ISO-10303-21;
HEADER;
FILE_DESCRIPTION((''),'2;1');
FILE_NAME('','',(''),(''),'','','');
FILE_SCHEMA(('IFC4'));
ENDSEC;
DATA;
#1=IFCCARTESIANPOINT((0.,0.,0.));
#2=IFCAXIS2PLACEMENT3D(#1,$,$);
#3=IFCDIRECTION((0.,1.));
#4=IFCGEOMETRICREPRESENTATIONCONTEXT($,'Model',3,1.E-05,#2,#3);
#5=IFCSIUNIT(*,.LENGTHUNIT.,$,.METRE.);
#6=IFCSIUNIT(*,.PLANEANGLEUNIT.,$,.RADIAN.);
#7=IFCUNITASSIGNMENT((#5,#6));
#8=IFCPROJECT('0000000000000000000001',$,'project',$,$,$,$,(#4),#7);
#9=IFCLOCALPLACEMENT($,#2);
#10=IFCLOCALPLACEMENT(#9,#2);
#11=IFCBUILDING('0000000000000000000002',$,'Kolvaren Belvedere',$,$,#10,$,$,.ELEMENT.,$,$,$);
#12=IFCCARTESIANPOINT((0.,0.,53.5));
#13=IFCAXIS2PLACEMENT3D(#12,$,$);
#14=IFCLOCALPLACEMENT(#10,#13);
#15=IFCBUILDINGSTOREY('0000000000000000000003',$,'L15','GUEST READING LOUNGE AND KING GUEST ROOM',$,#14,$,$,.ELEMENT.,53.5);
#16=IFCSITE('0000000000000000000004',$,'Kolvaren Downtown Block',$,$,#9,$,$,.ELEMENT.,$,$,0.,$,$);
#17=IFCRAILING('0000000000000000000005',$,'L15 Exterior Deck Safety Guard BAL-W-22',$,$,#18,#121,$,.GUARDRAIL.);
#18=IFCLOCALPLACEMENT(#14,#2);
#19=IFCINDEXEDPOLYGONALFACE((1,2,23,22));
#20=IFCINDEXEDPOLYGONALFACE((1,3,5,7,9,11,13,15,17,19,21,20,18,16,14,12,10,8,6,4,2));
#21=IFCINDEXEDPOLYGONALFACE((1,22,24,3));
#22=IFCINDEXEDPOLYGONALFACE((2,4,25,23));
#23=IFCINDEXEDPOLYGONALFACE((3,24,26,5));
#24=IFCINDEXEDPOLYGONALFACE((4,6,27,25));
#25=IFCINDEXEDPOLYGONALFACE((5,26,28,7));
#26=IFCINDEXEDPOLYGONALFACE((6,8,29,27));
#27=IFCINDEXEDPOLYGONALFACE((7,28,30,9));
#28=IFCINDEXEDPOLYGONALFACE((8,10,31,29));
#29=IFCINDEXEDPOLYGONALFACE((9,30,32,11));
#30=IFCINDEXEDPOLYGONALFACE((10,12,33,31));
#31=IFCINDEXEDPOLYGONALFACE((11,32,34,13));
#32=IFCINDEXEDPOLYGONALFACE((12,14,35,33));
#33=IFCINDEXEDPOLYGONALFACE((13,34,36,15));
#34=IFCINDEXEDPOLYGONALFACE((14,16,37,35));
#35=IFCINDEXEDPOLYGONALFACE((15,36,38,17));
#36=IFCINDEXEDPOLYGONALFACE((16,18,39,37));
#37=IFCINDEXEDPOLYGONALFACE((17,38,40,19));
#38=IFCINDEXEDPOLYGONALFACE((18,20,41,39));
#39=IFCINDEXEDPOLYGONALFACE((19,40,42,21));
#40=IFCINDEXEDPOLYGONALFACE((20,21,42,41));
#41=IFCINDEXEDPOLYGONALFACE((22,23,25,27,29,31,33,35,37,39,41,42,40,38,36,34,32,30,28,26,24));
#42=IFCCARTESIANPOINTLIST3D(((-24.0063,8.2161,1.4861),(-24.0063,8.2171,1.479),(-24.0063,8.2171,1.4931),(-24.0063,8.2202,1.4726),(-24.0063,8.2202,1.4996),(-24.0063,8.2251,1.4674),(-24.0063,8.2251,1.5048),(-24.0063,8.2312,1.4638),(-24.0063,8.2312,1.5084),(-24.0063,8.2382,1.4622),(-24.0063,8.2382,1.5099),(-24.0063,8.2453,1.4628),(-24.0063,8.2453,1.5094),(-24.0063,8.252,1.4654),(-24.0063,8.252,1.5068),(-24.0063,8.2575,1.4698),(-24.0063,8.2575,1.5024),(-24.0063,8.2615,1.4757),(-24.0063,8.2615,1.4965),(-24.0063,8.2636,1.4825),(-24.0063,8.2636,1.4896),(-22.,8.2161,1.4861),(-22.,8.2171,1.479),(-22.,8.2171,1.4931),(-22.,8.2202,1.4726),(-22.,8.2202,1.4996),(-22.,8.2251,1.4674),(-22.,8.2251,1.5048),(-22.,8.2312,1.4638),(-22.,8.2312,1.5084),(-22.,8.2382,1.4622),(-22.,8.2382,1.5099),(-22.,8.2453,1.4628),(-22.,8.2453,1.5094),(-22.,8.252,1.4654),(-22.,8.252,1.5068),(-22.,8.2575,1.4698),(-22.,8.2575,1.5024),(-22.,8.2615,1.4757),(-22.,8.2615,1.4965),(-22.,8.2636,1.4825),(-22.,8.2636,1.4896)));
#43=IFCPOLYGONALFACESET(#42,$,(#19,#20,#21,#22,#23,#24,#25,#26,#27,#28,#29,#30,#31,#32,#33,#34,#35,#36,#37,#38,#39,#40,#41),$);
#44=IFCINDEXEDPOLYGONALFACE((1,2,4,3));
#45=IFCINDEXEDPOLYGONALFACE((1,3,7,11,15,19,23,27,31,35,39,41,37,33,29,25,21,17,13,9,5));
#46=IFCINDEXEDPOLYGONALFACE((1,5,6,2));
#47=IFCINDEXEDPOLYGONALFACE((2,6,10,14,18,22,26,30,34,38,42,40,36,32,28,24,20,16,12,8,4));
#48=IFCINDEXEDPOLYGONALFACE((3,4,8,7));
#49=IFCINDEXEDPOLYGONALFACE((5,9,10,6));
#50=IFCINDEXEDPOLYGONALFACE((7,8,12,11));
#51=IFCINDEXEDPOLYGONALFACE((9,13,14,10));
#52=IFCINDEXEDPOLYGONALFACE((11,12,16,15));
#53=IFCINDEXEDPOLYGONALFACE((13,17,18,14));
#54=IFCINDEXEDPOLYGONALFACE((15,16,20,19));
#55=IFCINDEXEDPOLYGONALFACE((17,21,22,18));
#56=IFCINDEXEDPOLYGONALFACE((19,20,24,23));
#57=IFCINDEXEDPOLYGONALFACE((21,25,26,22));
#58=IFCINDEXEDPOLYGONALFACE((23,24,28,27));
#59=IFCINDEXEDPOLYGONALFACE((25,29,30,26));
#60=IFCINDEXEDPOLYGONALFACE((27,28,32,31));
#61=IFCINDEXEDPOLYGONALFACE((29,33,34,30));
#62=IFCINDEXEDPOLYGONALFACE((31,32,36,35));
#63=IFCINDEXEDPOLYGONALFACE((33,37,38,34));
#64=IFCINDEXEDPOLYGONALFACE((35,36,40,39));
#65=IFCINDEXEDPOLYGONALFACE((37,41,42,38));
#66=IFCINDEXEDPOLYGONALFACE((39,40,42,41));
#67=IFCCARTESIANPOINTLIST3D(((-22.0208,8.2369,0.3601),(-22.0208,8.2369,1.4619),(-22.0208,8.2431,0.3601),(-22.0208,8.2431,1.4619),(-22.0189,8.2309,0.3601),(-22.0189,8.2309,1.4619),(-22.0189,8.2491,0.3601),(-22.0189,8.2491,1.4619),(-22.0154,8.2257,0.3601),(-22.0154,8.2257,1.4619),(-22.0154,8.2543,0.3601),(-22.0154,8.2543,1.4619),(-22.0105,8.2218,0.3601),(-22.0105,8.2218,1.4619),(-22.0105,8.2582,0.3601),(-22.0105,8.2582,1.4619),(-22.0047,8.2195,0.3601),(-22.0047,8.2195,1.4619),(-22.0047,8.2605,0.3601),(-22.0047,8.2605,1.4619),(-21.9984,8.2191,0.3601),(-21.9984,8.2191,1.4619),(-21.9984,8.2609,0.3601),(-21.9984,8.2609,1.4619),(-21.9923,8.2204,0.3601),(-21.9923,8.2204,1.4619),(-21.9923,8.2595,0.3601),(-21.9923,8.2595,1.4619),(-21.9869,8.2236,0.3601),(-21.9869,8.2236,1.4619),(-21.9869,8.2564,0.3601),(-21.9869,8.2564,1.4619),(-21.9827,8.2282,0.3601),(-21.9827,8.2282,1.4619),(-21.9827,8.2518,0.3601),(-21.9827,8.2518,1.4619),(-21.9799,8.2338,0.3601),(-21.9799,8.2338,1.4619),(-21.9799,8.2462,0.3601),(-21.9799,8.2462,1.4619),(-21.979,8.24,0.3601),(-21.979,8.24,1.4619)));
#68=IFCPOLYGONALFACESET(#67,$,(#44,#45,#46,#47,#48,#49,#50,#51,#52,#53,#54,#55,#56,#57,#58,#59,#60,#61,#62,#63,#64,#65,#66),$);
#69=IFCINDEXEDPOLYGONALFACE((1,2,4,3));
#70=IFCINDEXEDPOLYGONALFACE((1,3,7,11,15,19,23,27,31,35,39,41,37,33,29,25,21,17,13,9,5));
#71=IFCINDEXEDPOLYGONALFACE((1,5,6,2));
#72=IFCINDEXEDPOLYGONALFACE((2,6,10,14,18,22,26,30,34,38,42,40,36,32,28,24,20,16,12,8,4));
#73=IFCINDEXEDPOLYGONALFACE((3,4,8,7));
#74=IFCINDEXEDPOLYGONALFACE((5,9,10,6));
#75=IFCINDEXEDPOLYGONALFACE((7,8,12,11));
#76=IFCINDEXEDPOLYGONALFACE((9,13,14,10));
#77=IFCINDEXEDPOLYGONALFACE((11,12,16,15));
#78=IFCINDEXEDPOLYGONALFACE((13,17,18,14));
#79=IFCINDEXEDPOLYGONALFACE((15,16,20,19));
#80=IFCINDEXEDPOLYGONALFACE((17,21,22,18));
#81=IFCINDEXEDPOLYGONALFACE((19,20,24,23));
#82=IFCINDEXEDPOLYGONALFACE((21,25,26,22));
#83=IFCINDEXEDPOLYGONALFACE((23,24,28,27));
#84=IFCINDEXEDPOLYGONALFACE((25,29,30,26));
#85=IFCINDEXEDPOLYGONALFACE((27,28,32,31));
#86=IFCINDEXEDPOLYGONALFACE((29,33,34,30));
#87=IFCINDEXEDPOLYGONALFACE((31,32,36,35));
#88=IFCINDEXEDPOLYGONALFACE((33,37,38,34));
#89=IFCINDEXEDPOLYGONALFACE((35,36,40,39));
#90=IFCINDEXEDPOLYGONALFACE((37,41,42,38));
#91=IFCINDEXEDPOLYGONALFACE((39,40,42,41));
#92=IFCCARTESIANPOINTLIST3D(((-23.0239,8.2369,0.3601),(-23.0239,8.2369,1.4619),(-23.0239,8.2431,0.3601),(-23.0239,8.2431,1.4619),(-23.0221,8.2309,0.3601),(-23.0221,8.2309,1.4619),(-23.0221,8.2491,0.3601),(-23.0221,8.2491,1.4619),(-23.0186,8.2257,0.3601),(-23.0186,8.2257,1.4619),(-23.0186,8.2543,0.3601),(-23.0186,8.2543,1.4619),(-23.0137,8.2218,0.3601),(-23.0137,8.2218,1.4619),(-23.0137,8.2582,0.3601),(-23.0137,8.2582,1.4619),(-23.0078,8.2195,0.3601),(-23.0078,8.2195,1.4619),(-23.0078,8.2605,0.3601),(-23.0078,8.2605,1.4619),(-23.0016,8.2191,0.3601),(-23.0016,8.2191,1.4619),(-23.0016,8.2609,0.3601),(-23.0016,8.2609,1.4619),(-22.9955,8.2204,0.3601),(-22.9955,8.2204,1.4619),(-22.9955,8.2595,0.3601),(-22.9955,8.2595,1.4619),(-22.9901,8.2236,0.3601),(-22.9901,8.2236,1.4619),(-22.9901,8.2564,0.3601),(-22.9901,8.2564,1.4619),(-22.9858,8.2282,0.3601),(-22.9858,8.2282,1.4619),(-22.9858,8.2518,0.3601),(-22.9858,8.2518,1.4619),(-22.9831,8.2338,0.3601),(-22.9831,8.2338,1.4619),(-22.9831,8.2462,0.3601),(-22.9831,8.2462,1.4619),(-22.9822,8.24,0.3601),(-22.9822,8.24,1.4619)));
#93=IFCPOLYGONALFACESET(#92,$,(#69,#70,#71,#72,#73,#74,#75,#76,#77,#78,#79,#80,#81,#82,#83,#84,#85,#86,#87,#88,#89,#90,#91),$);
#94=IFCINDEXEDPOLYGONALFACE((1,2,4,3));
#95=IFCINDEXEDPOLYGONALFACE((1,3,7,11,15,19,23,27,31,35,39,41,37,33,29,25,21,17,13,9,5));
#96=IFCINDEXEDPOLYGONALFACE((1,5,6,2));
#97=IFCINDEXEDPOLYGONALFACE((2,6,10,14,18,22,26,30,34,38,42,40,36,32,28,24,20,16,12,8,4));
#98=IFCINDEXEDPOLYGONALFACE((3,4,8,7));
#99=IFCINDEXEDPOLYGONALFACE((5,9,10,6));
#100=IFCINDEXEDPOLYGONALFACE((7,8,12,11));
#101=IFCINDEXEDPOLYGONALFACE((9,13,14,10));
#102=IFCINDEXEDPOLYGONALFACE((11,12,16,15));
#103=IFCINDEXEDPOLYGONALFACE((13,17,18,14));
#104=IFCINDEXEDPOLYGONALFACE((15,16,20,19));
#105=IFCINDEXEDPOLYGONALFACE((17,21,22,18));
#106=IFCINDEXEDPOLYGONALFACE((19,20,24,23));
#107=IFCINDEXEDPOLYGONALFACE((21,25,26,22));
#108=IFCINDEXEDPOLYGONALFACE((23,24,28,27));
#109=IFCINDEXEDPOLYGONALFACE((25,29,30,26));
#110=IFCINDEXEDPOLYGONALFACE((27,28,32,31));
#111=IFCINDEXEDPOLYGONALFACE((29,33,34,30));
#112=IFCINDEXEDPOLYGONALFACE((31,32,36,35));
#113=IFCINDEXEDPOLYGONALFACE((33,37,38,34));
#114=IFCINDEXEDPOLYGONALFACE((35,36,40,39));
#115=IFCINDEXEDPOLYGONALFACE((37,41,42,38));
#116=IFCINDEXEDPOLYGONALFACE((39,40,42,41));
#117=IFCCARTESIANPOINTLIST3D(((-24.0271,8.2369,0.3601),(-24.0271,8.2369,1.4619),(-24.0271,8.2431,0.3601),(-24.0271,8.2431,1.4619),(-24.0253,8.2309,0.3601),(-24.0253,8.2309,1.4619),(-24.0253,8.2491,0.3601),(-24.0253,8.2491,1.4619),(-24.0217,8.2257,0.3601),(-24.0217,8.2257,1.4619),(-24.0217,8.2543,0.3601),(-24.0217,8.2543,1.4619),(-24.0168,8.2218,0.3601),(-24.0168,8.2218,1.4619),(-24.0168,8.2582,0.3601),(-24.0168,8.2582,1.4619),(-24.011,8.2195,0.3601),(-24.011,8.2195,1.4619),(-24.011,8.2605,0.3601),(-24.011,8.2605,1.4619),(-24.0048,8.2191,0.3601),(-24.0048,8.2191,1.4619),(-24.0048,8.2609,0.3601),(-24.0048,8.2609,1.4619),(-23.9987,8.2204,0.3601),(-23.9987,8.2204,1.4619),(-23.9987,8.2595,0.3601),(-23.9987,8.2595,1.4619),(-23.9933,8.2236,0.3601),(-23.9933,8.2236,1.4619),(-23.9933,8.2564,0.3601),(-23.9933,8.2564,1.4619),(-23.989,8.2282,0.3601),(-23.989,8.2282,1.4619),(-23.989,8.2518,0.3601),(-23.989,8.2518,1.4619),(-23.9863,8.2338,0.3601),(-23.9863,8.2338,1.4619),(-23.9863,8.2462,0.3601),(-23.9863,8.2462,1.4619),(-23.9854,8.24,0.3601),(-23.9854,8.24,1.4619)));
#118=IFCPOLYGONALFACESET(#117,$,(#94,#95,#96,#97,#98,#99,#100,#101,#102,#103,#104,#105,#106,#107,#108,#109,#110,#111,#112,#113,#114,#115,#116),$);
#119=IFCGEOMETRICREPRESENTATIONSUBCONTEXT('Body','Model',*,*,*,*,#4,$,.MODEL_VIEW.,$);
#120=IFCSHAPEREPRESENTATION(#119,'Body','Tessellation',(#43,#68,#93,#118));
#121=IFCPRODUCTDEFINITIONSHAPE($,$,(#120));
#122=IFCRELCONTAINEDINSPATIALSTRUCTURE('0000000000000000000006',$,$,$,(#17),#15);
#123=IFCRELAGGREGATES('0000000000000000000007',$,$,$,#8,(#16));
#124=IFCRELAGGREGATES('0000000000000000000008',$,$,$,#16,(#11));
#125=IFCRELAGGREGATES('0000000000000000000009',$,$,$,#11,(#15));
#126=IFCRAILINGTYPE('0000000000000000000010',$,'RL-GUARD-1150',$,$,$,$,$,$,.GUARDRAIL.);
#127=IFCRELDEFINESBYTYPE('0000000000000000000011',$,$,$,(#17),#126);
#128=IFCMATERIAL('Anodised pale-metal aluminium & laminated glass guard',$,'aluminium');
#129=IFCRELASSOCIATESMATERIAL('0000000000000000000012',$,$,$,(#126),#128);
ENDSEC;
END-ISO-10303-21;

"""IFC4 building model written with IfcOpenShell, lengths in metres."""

from ifc_helpers import new_model, si_unit, direction, frame, origin, origin_2d, place, context, subcontext, project, spatial, circle, extrude, material, type_object, element, save


model = new_model("IFC4")

# Units and contexts
model_context = context("Model", 3, precision=1e-05, world=origin(), true_north=direction((0.0, 1.0)))
body_context = subcontext(model_context, "Body", "Model", "MODEL_VIEW")
ifc_project = project(units=[si_unit("LENGTHUNIT", "METRE"), si_unit("PLANEANGLEUNIT", "RADIAN")], contexts=[model_context])

# Site, building, storey
site_placement = place(None, origin())
site = spatial("IfcSite", under=ifc_project, at=site_placement, Name="Kolvaren Downtown Block", CompositionType="ELEMENT", RefElevation=0.0)
building_placement = place(site_placement, origin())
building = spatial("IfcBuilding", under=site, at=building_placement, Name="Kolvaren Belvedere", CompositionType="ELEMENT")
storey_placement = place(building_placement, frame((0.0, 0.0, 53.5)))
storey = spatial("IfcBuildingStorey", under=building, at=storey_placement, Name="L15", Description="GUEST READING LOUNGE AND KING GUEST ROOM", CompositionType="ELEMENT", Elevation=53.5)

# Railing
ifc_material_1 = material(Name="Anodised pale-metal aluminium & laminated glass guard", Category="aluminium")
railing_type = type_object("IfcRailingType", Name="RL-GUARD-1150", PredefinedType="GUARDRAIL", material=ifc_material_1)
railing_1_placement = place(storey_placement, frame((-22.0, 8.24, 0.3601)))
element("IfcRailing", 1, at=railing_1_placement, inside=storey, type_object=railing_type, Name="L15 Exterior Deck Safety Guard BAL-W-22", PredefinedType="GUARDRAIL", context=body_context, shape_type="SweptSolid", body=[
    extrude(circle(Radius=0.0239, at=origin_2d()), frame((0.0, 0.0, 1.126), z_axis=(-1.0, 0.0, 0.0), x_axis=(0.0, -1.0, 0.0)), (0.0, 0.0, 1.0), 2.0063),
    extrude(circle(Radius=0.021, at=origin_2d()), origin(), (0.0, 0.0, 1.0), 1.1018),
    extrude(circle(Radius=0.021, at=origin_2d()), frame((-1.0032, 0.0, 0.0)), (0.0, 0.0, 1.0), 1.1018),
    extrude(circle(Radius=0.021, at=origin_2d()), frame((-2.0063, 0.0, 0.0)), (0.0, 0.0, 1.0), 1.1018),
])

save(model, "model.ifc")
